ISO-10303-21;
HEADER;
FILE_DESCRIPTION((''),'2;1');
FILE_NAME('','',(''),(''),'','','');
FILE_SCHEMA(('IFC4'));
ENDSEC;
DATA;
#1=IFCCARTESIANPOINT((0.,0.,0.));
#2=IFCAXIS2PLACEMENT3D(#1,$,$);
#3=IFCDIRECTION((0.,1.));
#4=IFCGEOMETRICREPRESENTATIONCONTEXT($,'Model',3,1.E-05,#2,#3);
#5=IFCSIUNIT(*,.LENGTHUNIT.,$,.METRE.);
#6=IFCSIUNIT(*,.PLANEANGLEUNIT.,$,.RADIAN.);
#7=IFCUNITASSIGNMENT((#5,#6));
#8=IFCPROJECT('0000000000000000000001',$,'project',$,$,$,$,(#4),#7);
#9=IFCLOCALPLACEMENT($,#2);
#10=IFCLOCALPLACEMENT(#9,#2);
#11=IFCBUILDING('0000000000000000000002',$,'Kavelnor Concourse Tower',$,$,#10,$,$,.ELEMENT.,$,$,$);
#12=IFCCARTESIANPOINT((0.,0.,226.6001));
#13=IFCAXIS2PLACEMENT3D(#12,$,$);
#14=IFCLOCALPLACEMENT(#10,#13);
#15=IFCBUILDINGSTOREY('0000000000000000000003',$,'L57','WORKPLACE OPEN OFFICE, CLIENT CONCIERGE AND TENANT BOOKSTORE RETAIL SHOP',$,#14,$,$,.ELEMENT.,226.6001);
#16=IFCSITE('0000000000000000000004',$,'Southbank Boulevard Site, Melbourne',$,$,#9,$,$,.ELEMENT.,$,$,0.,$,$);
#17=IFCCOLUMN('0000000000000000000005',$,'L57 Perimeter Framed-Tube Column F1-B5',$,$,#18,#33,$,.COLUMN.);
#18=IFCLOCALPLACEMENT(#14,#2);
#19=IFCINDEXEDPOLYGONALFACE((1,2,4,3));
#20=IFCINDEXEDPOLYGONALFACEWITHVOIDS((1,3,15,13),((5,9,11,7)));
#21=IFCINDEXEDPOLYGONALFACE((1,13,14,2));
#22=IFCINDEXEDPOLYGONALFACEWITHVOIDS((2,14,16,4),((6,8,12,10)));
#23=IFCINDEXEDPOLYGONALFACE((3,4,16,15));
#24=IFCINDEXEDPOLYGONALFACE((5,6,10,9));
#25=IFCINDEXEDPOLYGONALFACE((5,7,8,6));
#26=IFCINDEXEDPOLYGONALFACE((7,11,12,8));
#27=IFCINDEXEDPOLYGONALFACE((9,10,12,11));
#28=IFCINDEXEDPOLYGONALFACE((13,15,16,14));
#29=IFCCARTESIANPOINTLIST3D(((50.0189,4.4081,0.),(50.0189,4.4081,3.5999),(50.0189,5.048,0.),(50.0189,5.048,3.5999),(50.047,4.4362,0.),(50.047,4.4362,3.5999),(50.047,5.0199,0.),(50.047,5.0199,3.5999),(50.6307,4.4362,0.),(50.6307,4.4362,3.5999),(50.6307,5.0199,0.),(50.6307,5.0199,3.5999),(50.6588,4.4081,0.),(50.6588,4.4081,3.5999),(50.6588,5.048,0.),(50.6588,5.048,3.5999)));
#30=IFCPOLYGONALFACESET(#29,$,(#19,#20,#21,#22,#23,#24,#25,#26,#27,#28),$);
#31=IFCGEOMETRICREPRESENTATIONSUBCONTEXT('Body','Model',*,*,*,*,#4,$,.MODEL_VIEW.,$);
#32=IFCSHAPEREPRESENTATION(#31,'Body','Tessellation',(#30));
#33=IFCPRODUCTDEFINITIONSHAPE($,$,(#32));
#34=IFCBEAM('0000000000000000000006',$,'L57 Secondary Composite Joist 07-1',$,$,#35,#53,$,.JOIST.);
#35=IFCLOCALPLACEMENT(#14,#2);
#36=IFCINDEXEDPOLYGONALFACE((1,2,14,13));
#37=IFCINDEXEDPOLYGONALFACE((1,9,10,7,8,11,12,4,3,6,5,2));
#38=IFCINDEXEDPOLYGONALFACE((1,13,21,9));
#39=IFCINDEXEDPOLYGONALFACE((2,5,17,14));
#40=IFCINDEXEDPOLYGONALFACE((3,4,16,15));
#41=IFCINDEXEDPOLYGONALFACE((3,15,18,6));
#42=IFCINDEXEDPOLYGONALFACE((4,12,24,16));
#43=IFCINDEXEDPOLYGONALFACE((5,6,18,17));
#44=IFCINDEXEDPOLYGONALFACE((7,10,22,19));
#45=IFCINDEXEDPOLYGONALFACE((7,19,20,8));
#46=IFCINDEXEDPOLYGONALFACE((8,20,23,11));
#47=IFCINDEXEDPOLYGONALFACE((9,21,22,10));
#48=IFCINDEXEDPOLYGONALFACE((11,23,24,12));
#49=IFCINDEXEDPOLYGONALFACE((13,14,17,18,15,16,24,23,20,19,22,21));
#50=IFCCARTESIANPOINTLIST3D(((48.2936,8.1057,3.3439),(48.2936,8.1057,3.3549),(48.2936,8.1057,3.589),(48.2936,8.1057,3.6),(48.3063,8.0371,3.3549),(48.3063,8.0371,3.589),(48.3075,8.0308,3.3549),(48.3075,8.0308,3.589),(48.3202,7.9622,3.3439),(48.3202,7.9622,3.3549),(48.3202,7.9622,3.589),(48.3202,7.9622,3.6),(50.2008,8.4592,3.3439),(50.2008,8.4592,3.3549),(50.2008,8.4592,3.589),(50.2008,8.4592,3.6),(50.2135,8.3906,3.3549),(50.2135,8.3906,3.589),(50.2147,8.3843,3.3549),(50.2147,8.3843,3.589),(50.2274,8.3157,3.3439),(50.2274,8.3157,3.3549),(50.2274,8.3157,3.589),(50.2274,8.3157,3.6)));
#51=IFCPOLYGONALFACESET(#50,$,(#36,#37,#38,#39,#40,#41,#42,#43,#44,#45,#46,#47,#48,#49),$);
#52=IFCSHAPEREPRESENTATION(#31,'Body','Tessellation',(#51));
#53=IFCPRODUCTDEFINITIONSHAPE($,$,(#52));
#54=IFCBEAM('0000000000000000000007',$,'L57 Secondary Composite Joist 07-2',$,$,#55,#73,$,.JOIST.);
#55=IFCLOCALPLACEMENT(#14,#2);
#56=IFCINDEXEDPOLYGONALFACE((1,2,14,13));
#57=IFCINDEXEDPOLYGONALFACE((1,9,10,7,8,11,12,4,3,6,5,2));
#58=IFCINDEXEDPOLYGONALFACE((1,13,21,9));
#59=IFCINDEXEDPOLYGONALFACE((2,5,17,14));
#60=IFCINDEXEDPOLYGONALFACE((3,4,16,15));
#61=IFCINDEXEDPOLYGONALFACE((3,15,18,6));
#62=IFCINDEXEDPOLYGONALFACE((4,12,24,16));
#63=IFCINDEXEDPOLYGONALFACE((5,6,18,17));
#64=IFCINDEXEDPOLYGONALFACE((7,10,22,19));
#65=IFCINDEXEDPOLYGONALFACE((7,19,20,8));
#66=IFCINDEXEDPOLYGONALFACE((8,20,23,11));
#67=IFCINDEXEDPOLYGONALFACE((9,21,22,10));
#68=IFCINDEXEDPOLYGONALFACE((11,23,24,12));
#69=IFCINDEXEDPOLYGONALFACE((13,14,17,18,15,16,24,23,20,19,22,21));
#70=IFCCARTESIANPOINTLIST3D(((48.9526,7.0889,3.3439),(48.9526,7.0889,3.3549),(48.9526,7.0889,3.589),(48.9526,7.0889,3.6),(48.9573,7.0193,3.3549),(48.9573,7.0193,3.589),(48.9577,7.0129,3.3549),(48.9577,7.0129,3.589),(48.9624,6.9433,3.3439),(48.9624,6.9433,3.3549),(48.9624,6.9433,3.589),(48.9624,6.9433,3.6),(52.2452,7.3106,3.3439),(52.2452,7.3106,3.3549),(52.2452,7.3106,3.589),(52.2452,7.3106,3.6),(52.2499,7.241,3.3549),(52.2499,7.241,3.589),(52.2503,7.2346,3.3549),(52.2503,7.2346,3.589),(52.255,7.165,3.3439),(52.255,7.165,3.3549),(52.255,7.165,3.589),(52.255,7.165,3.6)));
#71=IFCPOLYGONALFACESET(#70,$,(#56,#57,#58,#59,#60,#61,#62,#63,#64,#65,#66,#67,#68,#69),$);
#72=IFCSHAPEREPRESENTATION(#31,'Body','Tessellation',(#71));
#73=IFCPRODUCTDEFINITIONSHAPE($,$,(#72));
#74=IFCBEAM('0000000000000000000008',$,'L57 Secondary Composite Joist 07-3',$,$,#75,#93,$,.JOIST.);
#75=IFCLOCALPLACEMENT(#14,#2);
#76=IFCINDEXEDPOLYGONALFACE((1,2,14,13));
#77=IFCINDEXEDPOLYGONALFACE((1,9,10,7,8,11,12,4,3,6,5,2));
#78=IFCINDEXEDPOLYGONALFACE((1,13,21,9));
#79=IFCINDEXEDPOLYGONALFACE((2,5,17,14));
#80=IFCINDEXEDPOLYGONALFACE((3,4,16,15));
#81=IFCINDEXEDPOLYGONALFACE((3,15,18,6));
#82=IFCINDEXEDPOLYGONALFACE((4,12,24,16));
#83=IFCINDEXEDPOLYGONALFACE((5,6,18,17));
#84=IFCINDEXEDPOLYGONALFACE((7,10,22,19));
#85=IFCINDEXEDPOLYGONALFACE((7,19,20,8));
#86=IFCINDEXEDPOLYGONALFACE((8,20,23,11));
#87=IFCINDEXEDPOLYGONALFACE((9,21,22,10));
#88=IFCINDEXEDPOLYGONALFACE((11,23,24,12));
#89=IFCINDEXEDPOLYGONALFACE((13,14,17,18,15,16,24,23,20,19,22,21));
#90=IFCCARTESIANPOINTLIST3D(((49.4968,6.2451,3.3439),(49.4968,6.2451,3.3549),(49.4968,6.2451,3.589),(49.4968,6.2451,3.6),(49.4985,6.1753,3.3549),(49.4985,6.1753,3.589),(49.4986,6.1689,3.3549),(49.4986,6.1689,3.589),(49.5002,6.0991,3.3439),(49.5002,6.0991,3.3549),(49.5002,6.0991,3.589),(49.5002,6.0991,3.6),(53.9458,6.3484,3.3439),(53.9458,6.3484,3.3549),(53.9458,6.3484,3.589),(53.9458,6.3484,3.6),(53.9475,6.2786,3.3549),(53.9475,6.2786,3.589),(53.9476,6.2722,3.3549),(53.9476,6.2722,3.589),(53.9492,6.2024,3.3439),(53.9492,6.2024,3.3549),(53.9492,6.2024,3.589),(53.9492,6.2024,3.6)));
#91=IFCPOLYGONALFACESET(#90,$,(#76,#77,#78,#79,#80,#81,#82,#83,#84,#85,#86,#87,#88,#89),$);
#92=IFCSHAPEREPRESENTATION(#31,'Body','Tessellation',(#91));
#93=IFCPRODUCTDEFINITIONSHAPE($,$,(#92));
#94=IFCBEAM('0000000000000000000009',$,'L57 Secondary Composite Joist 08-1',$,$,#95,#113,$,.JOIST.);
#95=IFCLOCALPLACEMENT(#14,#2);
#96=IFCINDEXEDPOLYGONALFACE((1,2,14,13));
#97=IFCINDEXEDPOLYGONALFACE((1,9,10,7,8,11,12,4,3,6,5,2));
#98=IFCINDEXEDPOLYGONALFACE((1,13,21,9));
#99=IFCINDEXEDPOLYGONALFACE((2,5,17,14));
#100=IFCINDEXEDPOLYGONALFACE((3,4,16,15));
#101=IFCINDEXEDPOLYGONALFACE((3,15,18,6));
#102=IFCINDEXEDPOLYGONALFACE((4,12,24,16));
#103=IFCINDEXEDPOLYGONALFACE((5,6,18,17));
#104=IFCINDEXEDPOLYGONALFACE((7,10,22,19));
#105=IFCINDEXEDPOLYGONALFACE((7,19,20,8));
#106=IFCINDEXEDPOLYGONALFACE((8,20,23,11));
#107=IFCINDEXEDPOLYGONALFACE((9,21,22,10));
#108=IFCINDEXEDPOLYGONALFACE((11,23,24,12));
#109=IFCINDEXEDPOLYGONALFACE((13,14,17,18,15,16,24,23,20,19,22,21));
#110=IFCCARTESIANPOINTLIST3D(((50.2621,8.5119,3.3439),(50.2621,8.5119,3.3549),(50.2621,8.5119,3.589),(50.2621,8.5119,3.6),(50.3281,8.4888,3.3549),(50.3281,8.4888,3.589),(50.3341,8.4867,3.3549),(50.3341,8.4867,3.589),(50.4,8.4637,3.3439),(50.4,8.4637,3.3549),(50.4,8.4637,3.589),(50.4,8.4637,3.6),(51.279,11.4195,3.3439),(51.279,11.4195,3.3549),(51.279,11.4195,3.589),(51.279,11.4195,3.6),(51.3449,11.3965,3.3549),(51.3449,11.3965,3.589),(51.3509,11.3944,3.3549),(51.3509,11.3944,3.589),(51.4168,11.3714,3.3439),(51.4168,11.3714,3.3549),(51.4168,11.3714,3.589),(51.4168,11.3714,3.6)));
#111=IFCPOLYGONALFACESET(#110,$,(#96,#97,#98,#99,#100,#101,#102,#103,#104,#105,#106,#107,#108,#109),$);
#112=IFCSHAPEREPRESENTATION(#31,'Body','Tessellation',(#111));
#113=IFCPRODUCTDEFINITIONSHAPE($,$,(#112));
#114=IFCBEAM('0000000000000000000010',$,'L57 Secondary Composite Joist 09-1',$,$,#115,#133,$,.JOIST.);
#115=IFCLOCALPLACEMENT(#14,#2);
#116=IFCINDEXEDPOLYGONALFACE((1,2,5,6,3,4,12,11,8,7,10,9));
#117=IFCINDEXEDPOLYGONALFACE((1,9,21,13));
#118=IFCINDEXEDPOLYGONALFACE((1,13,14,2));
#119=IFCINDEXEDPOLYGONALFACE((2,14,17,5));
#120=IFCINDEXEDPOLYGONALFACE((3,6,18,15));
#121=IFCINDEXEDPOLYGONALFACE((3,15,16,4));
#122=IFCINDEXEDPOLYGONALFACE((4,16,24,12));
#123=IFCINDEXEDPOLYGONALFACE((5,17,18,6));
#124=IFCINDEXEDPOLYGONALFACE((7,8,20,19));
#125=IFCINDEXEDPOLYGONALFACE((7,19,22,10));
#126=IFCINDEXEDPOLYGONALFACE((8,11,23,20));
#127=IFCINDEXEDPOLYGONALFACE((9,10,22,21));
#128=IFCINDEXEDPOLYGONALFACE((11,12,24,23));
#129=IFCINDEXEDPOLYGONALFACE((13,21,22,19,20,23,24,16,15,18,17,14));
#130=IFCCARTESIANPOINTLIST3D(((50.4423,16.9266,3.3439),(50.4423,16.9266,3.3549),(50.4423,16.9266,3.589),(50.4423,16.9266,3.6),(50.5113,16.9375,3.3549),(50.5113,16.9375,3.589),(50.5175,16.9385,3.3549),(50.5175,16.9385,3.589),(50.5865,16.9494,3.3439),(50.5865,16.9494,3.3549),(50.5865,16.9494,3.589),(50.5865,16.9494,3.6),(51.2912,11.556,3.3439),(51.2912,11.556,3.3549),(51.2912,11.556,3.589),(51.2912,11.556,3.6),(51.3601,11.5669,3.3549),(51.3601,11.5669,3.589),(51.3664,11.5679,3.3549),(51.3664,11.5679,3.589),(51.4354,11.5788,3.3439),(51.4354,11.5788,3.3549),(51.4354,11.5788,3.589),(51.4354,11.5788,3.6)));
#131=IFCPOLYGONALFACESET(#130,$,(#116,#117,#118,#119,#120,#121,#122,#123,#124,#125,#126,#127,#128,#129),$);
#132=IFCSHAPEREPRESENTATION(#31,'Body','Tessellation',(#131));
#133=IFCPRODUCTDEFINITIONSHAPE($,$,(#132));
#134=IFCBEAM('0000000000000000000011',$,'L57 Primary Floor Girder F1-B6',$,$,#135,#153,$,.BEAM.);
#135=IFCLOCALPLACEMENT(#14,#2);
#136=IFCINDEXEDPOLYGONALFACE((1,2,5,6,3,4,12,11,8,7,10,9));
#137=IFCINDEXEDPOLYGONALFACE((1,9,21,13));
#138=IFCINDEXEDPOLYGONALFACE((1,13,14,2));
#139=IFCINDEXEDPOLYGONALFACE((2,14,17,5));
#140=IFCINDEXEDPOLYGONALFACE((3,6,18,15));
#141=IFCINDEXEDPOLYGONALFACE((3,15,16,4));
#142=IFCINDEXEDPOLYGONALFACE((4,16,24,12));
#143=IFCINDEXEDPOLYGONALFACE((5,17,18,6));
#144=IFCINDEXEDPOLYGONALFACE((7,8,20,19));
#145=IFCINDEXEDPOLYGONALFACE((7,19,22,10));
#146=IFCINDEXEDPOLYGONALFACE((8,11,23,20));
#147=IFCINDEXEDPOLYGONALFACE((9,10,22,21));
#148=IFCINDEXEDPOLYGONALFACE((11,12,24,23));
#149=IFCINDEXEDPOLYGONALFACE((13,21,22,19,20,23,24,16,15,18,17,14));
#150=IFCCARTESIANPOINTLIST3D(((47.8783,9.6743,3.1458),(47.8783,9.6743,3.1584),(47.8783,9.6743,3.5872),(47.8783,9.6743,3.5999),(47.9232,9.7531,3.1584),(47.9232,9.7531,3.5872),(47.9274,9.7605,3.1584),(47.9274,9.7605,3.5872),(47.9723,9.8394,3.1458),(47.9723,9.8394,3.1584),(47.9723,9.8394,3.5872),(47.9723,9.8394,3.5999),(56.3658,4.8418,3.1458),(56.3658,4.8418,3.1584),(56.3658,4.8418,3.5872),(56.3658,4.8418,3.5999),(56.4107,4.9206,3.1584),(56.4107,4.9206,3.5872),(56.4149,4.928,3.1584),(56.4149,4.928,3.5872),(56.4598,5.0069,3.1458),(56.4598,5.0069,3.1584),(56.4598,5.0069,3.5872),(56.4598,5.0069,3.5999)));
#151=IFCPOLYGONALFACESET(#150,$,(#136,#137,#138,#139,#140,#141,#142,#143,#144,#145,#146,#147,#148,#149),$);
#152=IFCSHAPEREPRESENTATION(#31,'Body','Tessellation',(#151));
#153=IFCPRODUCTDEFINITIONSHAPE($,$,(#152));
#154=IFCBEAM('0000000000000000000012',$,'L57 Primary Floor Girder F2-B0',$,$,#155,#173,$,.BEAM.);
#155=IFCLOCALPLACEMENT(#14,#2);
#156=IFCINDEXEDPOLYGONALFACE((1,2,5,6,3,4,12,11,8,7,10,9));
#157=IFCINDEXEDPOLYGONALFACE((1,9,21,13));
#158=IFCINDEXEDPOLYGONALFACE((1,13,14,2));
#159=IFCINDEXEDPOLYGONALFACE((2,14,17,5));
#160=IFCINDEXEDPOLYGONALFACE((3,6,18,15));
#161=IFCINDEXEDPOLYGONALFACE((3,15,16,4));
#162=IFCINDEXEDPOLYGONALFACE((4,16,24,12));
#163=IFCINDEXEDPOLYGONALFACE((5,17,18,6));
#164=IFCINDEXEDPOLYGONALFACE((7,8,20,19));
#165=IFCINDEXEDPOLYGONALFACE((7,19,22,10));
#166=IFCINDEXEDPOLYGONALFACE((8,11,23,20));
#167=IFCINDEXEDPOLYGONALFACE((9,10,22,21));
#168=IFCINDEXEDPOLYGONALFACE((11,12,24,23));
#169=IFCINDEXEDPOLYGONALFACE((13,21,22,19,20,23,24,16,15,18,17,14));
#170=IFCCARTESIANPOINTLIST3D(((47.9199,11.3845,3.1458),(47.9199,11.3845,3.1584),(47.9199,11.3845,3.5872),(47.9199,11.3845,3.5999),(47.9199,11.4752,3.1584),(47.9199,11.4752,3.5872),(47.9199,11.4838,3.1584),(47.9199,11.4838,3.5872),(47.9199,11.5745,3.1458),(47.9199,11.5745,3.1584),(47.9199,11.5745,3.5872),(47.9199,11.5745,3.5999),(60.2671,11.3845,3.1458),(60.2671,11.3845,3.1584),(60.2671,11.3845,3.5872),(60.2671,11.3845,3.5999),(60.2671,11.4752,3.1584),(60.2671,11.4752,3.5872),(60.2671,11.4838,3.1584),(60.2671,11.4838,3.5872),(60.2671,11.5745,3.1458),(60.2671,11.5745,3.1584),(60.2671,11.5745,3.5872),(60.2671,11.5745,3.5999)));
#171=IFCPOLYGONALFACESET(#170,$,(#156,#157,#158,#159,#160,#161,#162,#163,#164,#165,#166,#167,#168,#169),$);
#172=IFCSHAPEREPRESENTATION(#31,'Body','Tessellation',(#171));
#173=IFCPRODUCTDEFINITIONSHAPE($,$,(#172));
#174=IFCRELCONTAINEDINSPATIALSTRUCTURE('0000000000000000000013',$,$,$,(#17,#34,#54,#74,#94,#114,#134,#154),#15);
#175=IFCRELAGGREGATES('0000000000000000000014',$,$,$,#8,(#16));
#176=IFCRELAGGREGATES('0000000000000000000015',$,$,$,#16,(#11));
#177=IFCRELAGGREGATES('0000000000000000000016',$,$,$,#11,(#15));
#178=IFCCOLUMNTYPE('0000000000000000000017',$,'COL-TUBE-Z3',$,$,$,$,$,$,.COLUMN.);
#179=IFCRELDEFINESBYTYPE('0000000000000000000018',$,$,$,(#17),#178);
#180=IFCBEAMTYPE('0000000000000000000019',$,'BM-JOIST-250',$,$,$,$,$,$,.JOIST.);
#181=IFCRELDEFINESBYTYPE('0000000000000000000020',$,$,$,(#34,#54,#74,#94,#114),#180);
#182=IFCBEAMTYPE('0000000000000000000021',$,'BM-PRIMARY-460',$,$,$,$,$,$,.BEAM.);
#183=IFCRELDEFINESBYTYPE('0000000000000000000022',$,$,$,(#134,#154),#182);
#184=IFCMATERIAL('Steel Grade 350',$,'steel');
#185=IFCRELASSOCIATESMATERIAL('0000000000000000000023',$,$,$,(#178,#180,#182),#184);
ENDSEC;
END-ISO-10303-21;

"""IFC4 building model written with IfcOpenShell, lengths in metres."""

from ifc_helpers import new_model, si_unit, direction, frame, origin, origin_2d, place, context, subcontext, project, spatial, hollow_rectangle, i_section, extrude, material, material_profile, profile_set, type_object, element, save


model = new_model("IFC4")

# Units and contexts
model_context = context("Model", 3, precision=1e-05, world=origin(), true_north=direction((0.0, 1.0)))
body_context = subcontext(model_context, "Body", "Model", "MODEL_VIEW")
ifc_project = project(units=[si_unit("LENGTHUNIT", "METRE"), si_unit("PLANEANGLEUNIT", "RADIAN")], contexts=[model_context])

# Site, building, storey
site_placement = place(None, origin())
site = spatial("IfcSite", under=ifc_project, at=site_placement, Name="Southbank Boulevard Site, Melbourne", CompositionType="ELEMENT", RefElevation=0.0)
building_placement = place(site_placement, origin())
building = spatial("IfcBuilding", under=site, at=building_placement, Name="Kavelnor Concourse Tower", CompositionType="ELEMENT")
storey_placement = place(building_placement, frame((0.0, 0.0, 226.6001)))
storey = spatial("IfcBuildingStorey", under=building, at=storey_placement, Name="L57", Description="WORKPLACE OPEN OFFICE, CLIENT CONCIERGE AND TENANT BOOKSTORE RETAIL SHOP", CompositionType="ELEMENT", Elevation=226.6001)

# Column
ifc_material_1 = material(Name="Steel Grade 350", Category="steel")
ifc_material_profile_1 = material_profile(ifc_material_1, hollow_rectangle(XDim=0.6399, YDim=0.6399, WallThickness=0.0281, at=origin_2d()), Name="SHS 640x640x28")
ifc_profile_set_1 = profile_set([ifc_material_profile_1], Name="Steel Grade 350")
column_type = type_object("IfcColumnType", Name="COL-TUBE-Z3", PredefinedType="COLUMN", material=ifc_profile_set_1)
column_placement = place(storey_placement, frame((50.3389, 4.728, 0.0), z_axis=(0.0, 0.0, 1.0), x_axis=(1.0, 0.0, 0.0)))
element("IfcColumn", 1, at=column_placement, inside=storey, type_object=column_type, Name="L57 Perimeter Framed-Tube Column F1-B5", PredefinedType="COLUMN", context=body_context, shape_type="SweptSolid", body=[
    extrude(hollow_rectangle(XDim=0.6399, YDim=0.6399, WallThickness=0.0281, at=origin_2d()), origin(), (0.0, 0.0, 1.0), 3.5999),
])

# Beams
ifc_material_profile_2 = material_profile(ifc_material_1, i_section(OverallWidth=0.146, OverallDepth=0.2561, WebThickness=0.0063, FlangeThickness=0.011, at=origin_2d()), Name="250UB37")
ifc_profile_set_2 = profile_set([ifc_material_profile_2], Name="Steel Grade 350")
beam_type_1 = type_object("IfcBeamType", Name="BM-JOIST-250", PredefinedType="JOIST", material=ifc_profile_set_2)
beam_1_placement = place(storey_placement, frame((48.3069, 8.0339, 3.4719), z_axis=(0.983252, 0.182252, 0.0), x_axis=(-0.182252, 0.983252, 0.0)))
element("IfcBeam", 2, at=beam_1_placement, inside=storey, type_object=beam_type_1, Name="L57 Secondary Composite Joist 07-1", PredefinedType="JOIST", context=body_context, shape_type="SweptSolid", body=[
    extrude(i_section(OverallWidth=0.146, OverallDepth=0.2561, WebThickness=0.0063, FlangeThickness=0.011, at=origin_2d()), origin(), (0.0, 0.0, 1.0), 1.9397),
])
beam_2_placement = place(storey_placement, frame((48.9575, 7.0161, 3.4719), z_axis=(0.997741, 0.067177, 0.0), x_axis=(-0.067177, 0.997741, 0.0)))
element("IfcBeam", 3, at=beam_2_placement, inside=storey, type_object=beam_type_1, Name="L57 Secondary Composite Joist 07-2", PredefinedType="JOIST", context=body_context, shape_type="SweptSolid", body=[
    extrude(i_section(OverallWidth=0.146, OverallDepth=0.2561, WebThickness=0.0063, FlangeThickness=0.011, at=origin_2d()), origin(), (0.0, 0.0, 1.0), 3.3),
])
beam_3_placement = place(storey_placement, frame((49.4985, 6.1721, 3.4719), z_axis=(0.999731, 0.023206, 0.0), x_axis=(-0.023206, 0.999731, 0.0)))
element("IfcBeam", 4, at=beam_3_placement, inside=storey, type_object=beam_type_1, Name="L57 Secondary Composite Joist 07-3", PredefinedType="JOIST", context=body_context, shape_type="SweptSolid", body=[
    extrude(i_section(OverallWidth=0.146, OverallDepth=0.2561, WebThickness=0.0063, FlangeThickness=0.011, at=origin_2d()), origin(), (0.0, 0.0, 1.0), 4.4502),
])
beam_4_placement = place(storey_placement, frame((50.3311, 8.4878, 3.4719), z_axis=(0.330103, 0.943945, 0.0), x_axis=(-0.943945, 0.330103, 0.0)))
element("IfcBeam", 5, at=beam_4_placement, inside=storey, type_object=beam_type_1, Name="L57 Secondary Composite Joist 08-1", PredefinedType="JOIST", context=body_context, shape_type="SweptSolid", body=[
    extrude(i_section(OverallWidth=0.146, OverallDepth=0.2561, WebThickness=0.0063, FlangeThickness=0.011, at=origin_2d()), origin(), (0.0, 0.0, 1.0), 3.0803),
])
beam_5_placement = place(storey_placement, frame((51.3633, 11.5674, 3.4719), z_axis=(-0.156122, 0.987738, 0.0), x_axis=(-0.987738, -0.156122, 0.0)))
element("IfcBeam", 6, at=beam_5_placement, inside=storey, type_object=beam_type_1, Name="L57 Secondary Composite Joist 09-1", PredefinedType="JOIST", context=body_context, shape_type="SweptSolid", body=[
    extrude(i_section(OverallWidth=0.146, OverallDepth=0.2561, WebThickness=0.0063, FlangeThickness=0.011, at=origin_2d()), origin(), (0.0, 0.0, 1.0), 5.4373),
])
ifc_material_profile_3 = material_profile(ifc_material_1, i_section(OverallWidth=0.1899, OverallDepth=0.4541, WebThickness=0.0085, FlangeThickness=0.0127, at=origin_2d()), Name="460UB67")
ifc_profile_set_3 = profile_set([ifc_material_profile_3], Name="Steel Grade 350")
beam_type_2 = type_object("IfcBeamType", Name="BM-PRIMARY-460", PredefinedType="BEAM", material=ifc_profile_set_3)
beam_6_placement = place(storey_placement, frame((47.9253, 9.7568, 3.3728), z_axis=(0.869014, -0.494787, 0.0), x_axis=(0.494787, 0.869014, 0.0)))
element("IfcBeam", 7, at=beam_6_placement, inside=storey, type_object=beam_type_2, Name="L57 Primary Floor Girder F1-B6", PredefinedType="BEAM", context=body_context, shape_type="SweptSolid", body=[
    extrude(i_section(OverallWidth=0.1899, OverallDepth=0.4541, WebThickness=0.0085, FlangeThickness=0.0127, at=origin_2d()), origin(), (0.0, 0.0, 1.0), 9.7668),
])
beam_7_placement = place(storey_placement, frame((47.9199, 11.4795, 3.3728), z_axis=(1.0, 0.0, 0.0), x_axis=(0.0, 1.0, 0.0)))
element("IfcBeam", 8, at=beam_7_placement, inside=storey, type_object=beam_type_2, Name="L57 Primary Floor Girder F2-B0", PredefinedType="BEAM", context=body_context, shape_type="SweptSolid", body=[
    extrude(i_section(OverallWidth=0.1899, OverallDepth=0.4541, WebThickness=0.0085, FlangeThickness=0.0127, at=origin_2d()), origin(), (0.0, 0.0, 1.0), 12.3472),
])

save(model, "model.ifc")
